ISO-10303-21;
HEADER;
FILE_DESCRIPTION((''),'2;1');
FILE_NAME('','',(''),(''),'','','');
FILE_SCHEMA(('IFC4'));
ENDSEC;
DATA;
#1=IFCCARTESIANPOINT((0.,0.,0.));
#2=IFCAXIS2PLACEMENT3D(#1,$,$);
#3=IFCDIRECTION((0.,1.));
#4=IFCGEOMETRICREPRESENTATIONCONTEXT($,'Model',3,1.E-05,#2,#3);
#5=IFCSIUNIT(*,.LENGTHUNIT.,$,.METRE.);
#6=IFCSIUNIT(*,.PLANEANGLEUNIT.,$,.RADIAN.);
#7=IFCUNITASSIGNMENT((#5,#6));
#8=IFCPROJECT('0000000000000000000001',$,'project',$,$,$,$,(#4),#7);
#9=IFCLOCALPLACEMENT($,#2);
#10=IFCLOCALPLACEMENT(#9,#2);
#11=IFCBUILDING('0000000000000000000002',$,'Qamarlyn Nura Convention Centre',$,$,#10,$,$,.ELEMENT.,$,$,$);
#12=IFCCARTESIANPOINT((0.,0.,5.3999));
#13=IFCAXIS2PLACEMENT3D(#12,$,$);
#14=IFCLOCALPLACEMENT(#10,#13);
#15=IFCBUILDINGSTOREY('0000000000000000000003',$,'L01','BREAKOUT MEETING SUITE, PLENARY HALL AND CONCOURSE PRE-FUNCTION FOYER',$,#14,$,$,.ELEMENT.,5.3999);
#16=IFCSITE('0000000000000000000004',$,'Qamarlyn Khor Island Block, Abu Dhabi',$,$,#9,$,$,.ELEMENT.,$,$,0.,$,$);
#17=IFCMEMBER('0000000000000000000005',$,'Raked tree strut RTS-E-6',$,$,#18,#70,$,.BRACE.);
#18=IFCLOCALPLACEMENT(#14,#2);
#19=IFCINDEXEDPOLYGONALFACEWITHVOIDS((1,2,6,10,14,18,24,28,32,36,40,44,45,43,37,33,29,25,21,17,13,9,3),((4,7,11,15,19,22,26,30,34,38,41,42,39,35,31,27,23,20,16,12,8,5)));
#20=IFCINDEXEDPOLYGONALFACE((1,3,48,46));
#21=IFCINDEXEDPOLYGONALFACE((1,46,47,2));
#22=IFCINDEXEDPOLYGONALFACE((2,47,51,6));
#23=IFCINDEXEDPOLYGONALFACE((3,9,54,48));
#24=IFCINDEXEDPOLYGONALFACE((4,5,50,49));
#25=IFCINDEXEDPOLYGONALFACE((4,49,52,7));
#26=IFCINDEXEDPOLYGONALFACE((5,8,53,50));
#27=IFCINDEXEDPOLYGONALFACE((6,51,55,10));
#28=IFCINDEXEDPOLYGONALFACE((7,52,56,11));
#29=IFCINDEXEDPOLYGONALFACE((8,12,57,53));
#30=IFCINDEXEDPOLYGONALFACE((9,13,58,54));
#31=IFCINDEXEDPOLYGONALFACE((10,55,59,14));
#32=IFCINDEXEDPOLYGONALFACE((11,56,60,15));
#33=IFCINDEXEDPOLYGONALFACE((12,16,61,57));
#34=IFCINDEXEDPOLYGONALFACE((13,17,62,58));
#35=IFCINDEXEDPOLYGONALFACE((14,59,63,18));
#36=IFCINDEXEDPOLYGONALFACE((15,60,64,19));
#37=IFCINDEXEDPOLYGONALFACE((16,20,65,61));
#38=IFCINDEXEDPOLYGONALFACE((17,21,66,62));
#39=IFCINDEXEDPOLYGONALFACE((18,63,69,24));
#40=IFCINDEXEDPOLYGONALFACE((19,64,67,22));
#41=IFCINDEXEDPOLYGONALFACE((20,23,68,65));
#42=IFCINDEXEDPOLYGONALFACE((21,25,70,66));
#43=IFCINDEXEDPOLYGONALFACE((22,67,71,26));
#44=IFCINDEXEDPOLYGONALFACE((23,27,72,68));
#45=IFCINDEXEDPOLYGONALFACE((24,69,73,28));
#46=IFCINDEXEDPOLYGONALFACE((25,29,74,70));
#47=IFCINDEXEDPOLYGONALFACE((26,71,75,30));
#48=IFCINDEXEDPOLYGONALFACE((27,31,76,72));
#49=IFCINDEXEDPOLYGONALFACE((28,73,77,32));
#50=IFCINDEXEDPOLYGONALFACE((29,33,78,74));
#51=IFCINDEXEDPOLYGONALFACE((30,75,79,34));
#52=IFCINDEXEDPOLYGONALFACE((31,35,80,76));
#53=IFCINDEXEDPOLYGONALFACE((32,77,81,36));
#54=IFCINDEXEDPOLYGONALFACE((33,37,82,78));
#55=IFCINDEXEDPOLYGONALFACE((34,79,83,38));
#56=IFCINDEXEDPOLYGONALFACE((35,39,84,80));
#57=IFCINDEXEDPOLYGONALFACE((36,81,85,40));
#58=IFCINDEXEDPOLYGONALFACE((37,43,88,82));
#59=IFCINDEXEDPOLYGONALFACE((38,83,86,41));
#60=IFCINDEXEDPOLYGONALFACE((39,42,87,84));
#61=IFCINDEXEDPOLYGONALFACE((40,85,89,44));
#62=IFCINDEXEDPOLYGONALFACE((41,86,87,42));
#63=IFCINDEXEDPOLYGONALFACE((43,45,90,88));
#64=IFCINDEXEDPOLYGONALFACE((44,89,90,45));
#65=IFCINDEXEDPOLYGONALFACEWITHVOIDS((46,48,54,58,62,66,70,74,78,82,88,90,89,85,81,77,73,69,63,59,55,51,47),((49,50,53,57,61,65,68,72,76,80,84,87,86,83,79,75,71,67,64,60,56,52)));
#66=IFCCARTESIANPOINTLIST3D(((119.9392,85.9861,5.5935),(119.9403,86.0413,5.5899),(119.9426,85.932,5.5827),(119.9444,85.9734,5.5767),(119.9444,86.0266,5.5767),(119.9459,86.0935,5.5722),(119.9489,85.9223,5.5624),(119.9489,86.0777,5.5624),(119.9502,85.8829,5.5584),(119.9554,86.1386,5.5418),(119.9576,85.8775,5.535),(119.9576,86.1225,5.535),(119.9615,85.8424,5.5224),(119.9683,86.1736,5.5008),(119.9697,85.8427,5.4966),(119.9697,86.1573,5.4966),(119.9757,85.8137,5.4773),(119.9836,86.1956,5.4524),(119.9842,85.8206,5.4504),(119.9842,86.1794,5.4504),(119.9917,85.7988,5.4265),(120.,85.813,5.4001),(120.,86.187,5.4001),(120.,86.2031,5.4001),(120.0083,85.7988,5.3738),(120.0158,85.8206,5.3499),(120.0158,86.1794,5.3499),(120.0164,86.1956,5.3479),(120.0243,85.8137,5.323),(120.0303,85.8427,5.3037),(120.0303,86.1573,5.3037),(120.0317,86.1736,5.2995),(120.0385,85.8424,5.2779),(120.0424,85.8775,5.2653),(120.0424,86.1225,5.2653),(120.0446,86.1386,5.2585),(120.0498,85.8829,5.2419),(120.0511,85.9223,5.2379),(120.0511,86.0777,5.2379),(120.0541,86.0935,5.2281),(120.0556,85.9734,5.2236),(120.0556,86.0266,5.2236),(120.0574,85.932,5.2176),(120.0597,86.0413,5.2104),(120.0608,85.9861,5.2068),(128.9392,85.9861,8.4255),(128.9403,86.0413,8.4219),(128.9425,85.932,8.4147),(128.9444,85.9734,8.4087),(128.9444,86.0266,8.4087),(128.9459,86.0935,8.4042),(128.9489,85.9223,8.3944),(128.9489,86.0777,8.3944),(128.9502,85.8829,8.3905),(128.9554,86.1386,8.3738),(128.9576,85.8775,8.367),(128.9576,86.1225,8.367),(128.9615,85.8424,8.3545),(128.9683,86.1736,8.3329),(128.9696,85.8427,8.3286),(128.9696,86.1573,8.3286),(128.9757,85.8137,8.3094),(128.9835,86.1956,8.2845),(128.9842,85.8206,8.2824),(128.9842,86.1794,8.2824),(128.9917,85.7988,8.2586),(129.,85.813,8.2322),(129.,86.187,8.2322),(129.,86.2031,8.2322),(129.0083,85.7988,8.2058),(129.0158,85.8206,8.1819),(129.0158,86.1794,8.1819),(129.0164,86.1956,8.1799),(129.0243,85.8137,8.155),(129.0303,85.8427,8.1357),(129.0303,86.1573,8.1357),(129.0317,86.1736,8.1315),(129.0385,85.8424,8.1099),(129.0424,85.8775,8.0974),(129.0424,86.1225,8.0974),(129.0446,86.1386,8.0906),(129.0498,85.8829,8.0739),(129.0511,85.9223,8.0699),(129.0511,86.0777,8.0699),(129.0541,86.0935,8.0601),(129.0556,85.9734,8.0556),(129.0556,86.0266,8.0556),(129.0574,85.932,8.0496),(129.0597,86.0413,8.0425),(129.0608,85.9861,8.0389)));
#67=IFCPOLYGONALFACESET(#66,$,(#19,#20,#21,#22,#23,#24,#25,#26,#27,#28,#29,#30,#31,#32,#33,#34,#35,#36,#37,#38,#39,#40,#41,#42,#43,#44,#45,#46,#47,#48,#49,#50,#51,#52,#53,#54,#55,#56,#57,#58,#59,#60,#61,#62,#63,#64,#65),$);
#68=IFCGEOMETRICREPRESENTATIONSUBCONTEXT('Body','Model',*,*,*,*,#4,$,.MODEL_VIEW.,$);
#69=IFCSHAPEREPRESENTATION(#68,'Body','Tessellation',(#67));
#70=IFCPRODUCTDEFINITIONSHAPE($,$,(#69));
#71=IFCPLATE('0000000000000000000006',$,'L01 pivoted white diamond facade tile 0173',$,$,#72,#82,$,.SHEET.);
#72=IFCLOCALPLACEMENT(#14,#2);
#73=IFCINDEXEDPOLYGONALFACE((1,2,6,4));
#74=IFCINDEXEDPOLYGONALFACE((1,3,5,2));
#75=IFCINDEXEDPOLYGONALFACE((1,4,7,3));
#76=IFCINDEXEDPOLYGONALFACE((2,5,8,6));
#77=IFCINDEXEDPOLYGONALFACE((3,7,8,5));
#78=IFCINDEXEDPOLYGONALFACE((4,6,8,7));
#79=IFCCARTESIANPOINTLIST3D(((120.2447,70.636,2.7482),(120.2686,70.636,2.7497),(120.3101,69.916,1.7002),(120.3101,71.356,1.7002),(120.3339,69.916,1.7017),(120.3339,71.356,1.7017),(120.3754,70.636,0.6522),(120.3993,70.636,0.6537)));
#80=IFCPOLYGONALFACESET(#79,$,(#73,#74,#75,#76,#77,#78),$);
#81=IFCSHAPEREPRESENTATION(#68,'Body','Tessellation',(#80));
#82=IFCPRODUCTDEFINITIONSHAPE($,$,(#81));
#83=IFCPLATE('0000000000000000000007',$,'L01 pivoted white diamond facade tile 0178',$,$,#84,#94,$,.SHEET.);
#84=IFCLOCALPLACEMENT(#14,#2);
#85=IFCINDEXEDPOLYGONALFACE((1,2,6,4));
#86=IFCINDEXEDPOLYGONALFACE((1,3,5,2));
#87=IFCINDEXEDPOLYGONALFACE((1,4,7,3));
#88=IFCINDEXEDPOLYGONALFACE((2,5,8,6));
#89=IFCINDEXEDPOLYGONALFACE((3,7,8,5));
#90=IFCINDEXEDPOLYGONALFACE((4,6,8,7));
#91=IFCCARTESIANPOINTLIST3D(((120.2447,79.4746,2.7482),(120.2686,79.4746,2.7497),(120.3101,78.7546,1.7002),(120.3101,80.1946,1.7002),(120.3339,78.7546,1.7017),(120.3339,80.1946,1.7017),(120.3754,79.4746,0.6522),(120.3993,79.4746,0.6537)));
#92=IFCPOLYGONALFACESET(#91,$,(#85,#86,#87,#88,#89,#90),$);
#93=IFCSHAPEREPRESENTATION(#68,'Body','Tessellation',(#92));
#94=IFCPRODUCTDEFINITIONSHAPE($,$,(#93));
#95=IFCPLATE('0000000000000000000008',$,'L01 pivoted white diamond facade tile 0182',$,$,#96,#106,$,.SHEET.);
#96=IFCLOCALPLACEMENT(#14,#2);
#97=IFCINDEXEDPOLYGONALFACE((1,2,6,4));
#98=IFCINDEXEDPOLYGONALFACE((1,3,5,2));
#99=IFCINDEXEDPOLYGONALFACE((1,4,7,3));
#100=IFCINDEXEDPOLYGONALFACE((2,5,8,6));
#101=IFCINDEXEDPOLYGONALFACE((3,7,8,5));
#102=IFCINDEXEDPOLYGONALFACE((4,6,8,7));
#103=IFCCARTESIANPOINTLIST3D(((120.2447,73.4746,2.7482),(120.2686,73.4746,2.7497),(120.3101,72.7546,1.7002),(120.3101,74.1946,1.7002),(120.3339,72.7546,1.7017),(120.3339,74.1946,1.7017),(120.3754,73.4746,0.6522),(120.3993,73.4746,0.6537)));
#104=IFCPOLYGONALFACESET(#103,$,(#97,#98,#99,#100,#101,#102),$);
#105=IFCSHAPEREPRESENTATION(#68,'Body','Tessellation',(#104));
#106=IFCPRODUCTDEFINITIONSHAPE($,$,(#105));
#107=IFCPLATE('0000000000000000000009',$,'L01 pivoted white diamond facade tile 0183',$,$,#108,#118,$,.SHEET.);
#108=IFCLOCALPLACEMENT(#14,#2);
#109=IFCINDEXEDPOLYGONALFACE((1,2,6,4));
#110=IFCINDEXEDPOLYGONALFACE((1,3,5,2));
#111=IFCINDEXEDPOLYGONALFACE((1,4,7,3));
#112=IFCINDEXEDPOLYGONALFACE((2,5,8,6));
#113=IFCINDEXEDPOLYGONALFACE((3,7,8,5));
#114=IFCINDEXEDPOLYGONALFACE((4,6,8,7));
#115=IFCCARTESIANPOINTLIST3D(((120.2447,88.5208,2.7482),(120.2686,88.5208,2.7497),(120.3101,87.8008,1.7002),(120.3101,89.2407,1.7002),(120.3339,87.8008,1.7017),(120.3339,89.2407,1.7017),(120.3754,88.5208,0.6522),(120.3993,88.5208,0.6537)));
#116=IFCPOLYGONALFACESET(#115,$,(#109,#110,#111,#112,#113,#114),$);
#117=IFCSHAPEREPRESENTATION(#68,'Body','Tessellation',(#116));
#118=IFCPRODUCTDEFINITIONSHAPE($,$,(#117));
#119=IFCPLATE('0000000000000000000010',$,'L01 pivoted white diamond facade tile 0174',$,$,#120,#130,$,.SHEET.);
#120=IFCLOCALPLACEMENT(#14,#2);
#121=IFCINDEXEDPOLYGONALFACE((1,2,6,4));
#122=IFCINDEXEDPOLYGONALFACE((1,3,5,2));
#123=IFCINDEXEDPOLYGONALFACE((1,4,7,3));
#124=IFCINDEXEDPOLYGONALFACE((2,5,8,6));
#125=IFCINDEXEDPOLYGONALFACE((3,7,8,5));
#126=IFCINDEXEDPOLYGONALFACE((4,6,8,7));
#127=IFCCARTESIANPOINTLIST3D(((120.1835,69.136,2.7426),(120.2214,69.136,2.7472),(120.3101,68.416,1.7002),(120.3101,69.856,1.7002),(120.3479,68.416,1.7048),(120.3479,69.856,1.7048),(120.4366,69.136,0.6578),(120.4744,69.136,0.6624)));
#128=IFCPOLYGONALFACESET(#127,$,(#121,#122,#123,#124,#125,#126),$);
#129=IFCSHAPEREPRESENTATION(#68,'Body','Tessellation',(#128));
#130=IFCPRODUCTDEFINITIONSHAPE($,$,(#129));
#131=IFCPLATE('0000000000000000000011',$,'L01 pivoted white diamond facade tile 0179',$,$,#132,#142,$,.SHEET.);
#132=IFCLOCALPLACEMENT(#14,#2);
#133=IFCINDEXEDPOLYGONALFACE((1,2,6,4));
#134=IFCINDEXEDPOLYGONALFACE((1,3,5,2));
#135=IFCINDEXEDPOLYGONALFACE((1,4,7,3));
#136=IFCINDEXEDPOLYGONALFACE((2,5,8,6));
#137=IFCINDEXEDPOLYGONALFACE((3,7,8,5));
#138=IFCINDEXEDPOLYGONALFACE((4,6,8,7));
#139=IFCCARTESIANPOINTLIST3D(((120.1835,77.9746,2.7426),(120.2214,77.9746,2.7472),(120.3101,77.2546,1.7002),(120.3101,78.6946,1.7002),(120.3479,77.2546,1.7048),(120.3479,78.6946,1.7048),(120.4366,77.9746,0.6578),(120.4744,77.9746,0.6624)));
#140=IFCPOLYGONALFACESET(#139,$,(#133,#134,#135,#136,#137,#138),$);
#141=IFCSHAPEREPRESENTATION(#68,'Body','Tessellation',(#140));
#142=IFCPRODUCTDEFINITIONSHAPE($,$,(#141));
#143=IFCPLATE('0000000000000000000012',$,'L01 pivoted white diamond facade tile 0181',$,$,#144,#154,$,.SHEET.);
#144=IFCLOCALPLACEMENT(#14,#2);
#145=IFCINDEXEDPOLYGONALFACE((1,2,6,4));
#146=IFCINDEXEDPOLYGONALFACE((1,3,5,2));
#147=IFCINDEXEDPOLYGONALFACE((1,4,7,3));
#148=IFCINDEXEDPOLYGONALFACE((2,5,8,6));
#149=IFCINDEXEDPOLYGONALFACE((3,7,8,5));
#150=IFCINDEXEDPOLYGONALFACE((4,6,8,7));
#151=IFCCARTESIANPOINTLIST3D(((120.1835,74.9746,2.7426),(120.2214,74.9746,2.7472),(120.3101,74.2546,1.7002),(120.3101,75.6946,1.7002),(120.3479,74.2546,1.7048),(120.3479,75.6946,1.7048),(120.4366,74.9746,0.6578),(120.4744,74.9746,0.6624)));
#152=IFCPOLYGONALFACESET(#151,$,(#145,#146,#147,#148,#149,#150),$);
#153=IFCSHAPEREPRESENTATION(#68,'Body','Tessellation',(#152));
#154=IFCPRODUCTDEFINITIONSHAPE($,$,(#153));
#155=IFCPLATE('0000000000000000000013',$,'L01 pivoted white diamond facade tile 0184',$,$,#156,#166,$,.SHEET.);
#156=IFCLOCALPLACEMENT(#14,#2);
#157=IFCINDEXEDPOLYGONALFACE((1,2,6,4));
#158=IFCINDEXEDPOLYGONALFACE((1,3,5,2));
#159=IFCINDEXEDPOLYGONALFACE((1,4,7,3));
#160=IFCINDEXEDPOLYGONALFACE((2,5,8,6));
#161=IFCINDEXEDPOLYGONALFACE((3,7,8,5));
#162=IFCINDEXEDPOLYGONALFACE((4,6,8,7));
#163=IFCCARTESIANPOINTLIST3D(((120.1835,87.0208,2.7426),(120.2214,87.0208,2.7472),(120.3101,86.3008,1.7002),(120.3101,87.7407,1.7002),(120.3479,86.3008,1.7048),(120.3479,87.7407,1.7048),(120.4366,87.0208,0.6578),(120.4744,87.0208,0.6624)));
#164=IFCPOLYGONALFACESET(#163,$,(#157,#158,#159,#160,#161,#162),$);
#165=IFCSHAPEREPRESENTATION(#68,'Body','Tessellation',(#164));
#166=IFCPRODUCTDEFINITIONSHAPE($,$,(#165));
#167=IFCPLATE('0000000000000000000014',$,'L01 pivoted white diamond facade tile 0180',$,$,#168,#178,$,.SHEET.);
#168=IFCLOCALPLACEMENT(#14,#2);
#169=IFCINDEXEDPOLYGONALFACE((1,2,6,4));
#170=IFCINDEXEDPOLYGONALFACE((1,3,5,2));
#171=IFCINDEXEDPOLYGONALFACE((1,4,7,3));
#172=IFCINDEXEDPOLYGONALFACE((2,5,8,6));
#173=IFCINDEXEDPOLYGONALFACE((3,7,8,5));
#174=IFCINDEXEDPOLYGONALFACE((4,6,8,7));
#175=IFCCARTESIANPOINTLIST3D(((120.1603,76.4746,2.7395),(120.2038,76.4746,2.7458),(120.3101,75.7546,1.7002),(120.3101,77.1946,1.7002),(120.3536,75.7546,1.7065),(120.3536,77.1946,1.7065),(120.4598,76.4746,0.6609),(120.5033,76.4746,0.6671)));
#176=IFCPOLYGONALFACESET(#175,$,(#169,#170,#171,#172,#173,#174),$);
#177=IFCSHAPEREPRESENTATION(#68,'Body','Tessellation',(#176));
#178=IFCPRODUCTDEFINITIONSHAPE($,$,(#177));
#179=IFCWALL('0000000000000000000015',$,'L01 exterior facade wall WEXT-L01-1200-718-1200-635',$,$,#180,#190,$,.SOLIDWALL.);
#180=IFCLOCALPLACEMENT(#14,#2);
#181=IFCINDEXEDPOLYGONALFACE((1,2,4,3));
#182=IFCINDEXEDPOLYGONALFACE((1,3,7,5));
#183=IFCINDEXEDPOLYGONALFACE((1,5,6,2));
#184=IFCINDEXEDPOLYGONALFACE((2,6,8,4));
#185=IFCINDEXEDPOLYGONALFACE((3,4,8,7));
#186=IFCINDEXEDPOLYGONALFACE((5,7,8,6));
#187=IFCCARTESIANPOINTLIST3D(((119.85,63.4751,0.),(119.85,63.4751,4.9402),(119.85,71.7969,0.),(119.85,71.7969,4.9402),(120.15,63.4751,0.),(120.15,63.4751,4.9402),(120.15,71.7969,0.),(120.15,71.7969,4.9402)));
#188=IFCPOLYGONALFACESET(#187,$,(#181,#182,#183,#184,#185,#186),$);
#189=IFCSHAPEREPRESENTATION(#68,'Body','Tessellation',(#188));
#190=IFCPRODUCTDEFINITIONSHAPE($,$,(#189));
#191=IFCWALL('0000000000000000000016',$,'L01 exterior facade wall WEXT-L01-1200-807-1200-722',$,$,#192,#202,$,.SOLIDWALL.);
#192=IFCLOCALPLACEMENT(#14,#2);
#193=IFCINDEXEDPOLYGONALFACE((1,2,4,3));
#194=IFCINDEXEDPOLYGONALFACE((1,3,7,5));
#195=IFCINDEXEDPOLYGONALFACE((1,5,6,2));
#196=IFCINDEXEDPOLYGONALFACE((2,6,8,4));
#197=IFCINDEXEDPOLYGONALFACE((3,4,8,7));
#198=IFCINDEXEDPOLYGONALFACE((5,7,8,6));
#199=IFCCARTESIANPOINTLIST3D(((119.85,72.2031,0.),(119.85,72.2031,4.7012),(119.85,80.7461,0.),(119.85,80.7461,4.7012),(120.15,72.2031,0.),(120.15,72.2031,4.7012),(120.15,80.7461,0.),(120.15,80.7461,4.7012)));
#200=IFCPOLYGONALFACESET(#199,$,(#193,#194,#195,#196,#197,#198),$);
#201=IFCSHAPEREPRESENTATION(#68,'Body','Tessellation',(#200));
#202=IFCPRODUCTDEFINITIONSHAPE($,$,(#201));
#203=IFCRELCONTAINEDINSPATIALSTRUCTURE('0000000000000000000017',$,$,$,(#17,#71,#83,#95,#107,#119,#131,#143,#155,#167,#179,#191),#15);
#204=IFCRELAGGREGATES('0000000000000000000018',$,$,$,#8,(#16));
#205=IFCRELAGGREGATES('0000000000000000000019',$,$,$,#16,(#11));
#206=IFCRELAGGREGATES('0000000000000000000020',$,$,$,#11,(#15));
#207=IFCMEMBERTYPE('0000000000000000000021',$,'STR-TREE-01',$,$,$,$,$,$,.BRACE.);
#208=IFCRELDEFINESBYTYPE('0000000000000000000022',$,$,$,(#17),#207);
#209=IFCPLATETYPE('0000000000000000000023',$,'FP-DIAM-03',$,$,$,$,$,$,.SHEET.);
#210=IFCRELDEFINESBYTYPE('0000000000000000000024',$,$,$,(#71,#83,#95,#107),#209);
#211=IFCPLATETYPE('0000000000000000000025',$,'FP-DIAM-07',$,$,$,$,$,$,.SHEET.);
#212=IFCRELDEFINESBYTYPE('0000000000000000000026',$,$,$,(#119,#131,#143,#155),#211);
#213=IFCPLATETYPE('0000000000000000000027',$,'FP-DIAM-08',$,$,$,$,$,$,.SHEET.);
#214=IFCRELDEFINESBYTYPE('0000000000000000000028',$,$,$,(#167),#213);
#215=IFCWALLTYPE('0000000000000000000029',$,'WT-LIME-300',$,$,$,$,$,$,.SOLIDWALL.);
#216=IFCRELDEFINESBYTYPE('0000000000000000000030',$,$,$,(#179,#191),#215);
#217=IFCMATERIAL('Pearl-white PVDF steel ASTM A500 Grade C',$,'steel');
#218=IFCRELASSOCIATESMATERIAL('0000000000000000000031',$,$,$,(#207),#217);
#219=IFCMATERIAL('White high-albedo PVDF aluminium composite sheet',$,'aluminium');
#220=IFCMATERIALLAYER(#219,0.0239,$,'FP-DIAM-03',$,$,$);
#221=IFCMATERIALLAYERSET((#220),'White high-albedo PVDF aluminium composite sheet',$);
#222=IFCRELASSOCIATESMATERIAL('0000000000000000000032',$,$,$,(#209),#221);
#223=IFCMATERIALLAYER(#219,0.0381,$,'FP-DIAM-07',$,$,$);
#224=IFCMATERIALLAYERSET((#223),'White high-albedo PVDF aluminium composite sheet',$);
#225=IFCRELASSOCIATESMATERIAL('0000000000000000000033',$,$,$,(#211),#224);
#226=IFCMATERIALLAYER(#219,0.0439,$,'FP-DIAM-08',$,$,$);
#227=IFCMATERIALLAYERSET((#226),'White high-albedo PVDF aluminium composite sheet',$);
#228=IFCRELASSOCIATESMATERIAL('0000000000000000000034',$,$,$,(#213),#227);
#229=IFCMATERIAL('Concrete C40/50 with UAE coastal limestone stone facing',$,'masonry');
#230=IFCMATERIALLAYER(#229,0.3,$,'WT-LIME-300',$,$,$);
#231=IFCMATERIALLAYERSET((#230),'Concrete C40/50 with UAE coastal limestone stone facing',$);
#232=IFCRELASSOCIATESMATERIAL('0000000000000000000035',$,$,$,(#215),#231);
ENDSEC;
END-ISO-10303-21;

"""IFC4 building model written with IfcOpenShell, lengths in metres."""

from ifc_helpers import new_model, si_unit, direction, frame, frame_2d, origin, origin_2d, place, context, subcontext, project, spatial, polyline, rectangle, hollow_circle, outline, extrude, material, layer, layer_set, material_profile, profile_set, type_object, element, save


model = new_model("IFC4")

# Units and contexts
model_context = context("Model", 3, precision=1e-05, world=origin(), true_north=direction((0.0, 1.0)))
body_context = subcontext(model_context, "Body", "Model", "MODEL_VIEW")
ifc_project = project(units=[si_unit("LENGTHUNIT", "METRE"), si_unit("PLANEANGLEUNIT", "RADIAN")], contexts=[model_context])

# Site, building, storey
site_placement = place(None, origin())
site = spatial("IfcSite", under=ifc_project, at=site_placement, Name="Qamarlyn Khor Island Block, Abu Dhabi", CompositionType="ELEMENT", RefElevation=0.0)
building_placement = place(site_placement, origin())
building = spatial("IfcBuilding", under=site, at=building_placement, Name="Qamarlyn Nura Convention Centre", CompositionType="ELEMENT")
storey_placement = place(building_placement, frame((0.0, 0.0, 5.3999)))
storey = spatial("IfcBuildingStorey", under=building, at=storey_placement, Name="L01", Description="BREAKOUT MEETING SUITE, PLENARY HALL AND CONCOURSE PRE-FUNCTION FOYER", CompositionType="ELEMENT", Elevation=5.3999)

# Shared definitions
ifc_material_1 = material(Name="Pearl-white PVDF steel ASTM A500 Grade C", Category="steel")

# Member
ifc_material_profile_1 = material_profile(ifc_material_1, hollow_circle(Radius=0.2031, WallThickness=0.0161, at=origin_2d()), Name="CHS406.4X16")
ifc_profile_set_1 = profile_set([ifc_material_profile_1], Name="Pearl-white PVDF steel ASTM A500 Grade C")
member_type = type_object("IfcMemberType", Name="STR-TREE-01", PredefinedType="BRACE", material=ifc_profile_set_1)
member_placement = place(storey_placement, frame((120.0, 86.0, 5.4001), z_axis=(0.953889, 0.0, 0.30016), x_axis=(0.0, 1.0, 0.0)))
element("IfcMember", 1, at=member_placement, inside=storey, type_object=member_type, Name="Raked tree strut RTS-E-6", PredefinedType="BRACE", context=body_context, shape_type="SweptSolid", body=[
    extrude(hollow_circle(Radius=0.2031, WallThickness=0.0161, at=origin_2d()), origin(), (0.0, 0.0, 1.0), 9.4351),
])

# Plates
ifc_material_2 = material(Name="White high-albedo PVDF aluminium composite sheet", Category="aluminium")
ifc_layer_1 = layer(ifc_material_2, 0.0239, Name="FP-DIAM-03")
ifc_layer_set_1 = layer_set([ifc_layer_1], Name="White high-albedo PVDF aluminium composite sheet")
plate_type_1 = type_object("IfcPlateType", Name="FP-DIAM-03", PredefinedType="SHEET", material=ifc_layer_set_1)
for number, where, z_axis, x_axis, name in (
    (2, (120.3101, 70.636, 1.7002), (0.998059, 0.0, 0.062268), (0.0, 1.0, 0.0), "L01 pivoted white diamond facade tile 0173"),
    (3, (120.3101, 79.4746, 1.7002), (0.998059, 0.0, 0.062268), (0.0, 1.0, 0.0), "L01 pivoted white diamond facade tile 0178"),
    (4, (120.3101, 73.4746, 1.7002), (0.998059, 0.0, 0.062268), (0.0, 1.0, 0.0), "L01 pivoted white diamond facade tile 0182"),
    (5, (120.3101, 88.5208, 1.7002), (0.998059, 0.0, 0.062268), (0.0, 1.0, 0.0), "L01 pivoted white diamond facade tile 0183"),
):
    element("IfcPlate", number, at=place(storey_placement, frame(where, z_axis=z_axis, x_axis=x_axis)), inside=storey, type_object=plate_type_1, Name=name, PredefinedType="SHEET", context=body_context, shape_type="SweptSolid", body=[
        extrude(outline(polyline([(-0.72, 0.0), (0.0, -1.05), (0.72, 0.0), (0.0, 1.05), (-0.72, 0.0)])), origin(), (0.0, 0.0, 1.0), 0.0239),
    ])
ifc_layer_2 = layer(ifc_material_2, 0.0381, Name="FP-DIAM-07")
ifc_layer_set_2 = layer_set([ifc_layer_2], Name="White high-albedo PVDF aluminium composite sheet")
plate_type_2 = type_object("IfcPlateType", Name="FP-DIAM-07", PredefinedType="SHEET", material=ifc_layer_set_2)
for number, where, z_axis, x_axis, name in (
    (6, (120.3101, 69.136, 1.7002), (0.992715, 0.0, 0.120483), (0.0, 1.0, 0.0), "L01 pivoted white diamond facade tile 0174"),
    (7, (120.3101, 77.9746, 1.7002), (0.992715, 0.0, 0.120483), (0.0, 1.0, 0.0), "L01 pivoted white diamond facade tile 0179"),
    (8, (120.3101, 74.9746, 1.7002), (0.992715, 0.0, 0.120483), (0.0, 1.0, 0.0), "L01 pivoted white diamond facade tile 0181"),
    (9, (120.3101, 87.0208, 1.7002), (0.992715, 0.0, 0.120483), (0.0, 1.0, 0.0), "L01 pivoted white diamond facade tile 0184"),
):
    element("IfcPlate", number, at=place(storey_placement, frame(where, z_axis=z_axis, x_axis=x_axis)), inside=storey, type_object=plate_type_2, Name=name, PredefinedType="SHEET", context=body_context, shape_type="SweptSolid", body=[
        extrude(outline(polyline([(-0.72, 0.0), (0.0, -1.05), (0.72, 0.0), (0.0, 1.05), (-0.72, 0.0)])), origin(), (0.0, 0.0, 1.0), 0.0381),
    ])
ifc_layer_3 = layer(ifc_material_2, 0.0439, Name="FP-DIAM-08")
ifc_layer_set_3 = layer_set([ifc_layer_3], Name="White high-albedo PVDF aluminium composite sheet")
plate_type_3 = type_object("IfcPlateType", Name="FP-DIAM-08", PredefinedType="SHEET", material=ifc_layer_set_3)
plate_placement = place(storey_placement, frame((120.3101, 76.4746, 1.7002), z_axis=(0.989776, 0.0, 0.142629), x_axis=(0.0, 1.0, 0.0)))
element("IfcPlate", 10, at=plate_placement, inside=storey, type_object=plate_type_3, Name="L01 pivoted white diamond facade tile 0180", PredefinedType="SHEET", context=body_context, shape_type="SweptSolid", body=[
    extrude(outline(polyline([(-0.72, 0.0), (0.0, -1.05), (0.72, 0.0), (0.0, 1.05), (-0.72, 0.0)])), origin(), (0.0, 0.0, 1.0), 0.0439),
])

# Walls
ifc_material_3 = material(Name="Concrete C40/50 with UAE coastal limestone stone facing", Category="masonry")
ifc_layer_4 = layer(ifc_material_3, 0.3, Name="WT-LIME-300")
ifc_layer_set_4 = layer_set([ifc_layer_4], Name="Concrete C40/50 with UAE coastal limestone stone facing")
wall_type = type_object("IfcWallType", Name="WT-LIME-300", PredefinedType="SOLIDWALL", material=ifc_layer_set_4)
wall_1_placement = place(storey_placement, frame((120.0, 71.7969, 0.0), z_axis=(0.0, 0.0, 1.0), x_axis=(0.0, -1.0, 0.0)))
element("IfcWall", 11, at=wall_1_placement, inside=storey, type_object=wall_type, Name="L01 exterior facade wall WEXT-L01-1200-718-1200-635", PredefinedType="SOLIDWALL", context=body_context, shape_type="SweptSolid", body=[
    extrude(rectangle(XDim=8.3218, YDim=0.3, at=frame_2d((4.1609, 0.0))), origin(), (0.0, 0.0, 1.0), 4.9402),
])
wall_2_placement = place(storey_placement, frame((120.0, 80.7461, 0.0), z_axis=(0.0, 0.0, 1.0), x_axis=(0.0, -1.0, 0.0)))
element("IfcWall", 12, at=wall_2_placement, inside=storey, type_object=wall_type, Name="L01 exterior facade wall WEXT-L01-1200-807-1200-722", PredefinedType="SOLIDWALL", context=body_context, shape_type="SweptSolid", body=[
    extrude(rectangle(XDim=8.543, YDim=0.3, at=frame_2d((4.2715, 0.0))), origin(), (0.0, 0.0, 1.0), 4.7012),
])

save(model, "model.ifc")
